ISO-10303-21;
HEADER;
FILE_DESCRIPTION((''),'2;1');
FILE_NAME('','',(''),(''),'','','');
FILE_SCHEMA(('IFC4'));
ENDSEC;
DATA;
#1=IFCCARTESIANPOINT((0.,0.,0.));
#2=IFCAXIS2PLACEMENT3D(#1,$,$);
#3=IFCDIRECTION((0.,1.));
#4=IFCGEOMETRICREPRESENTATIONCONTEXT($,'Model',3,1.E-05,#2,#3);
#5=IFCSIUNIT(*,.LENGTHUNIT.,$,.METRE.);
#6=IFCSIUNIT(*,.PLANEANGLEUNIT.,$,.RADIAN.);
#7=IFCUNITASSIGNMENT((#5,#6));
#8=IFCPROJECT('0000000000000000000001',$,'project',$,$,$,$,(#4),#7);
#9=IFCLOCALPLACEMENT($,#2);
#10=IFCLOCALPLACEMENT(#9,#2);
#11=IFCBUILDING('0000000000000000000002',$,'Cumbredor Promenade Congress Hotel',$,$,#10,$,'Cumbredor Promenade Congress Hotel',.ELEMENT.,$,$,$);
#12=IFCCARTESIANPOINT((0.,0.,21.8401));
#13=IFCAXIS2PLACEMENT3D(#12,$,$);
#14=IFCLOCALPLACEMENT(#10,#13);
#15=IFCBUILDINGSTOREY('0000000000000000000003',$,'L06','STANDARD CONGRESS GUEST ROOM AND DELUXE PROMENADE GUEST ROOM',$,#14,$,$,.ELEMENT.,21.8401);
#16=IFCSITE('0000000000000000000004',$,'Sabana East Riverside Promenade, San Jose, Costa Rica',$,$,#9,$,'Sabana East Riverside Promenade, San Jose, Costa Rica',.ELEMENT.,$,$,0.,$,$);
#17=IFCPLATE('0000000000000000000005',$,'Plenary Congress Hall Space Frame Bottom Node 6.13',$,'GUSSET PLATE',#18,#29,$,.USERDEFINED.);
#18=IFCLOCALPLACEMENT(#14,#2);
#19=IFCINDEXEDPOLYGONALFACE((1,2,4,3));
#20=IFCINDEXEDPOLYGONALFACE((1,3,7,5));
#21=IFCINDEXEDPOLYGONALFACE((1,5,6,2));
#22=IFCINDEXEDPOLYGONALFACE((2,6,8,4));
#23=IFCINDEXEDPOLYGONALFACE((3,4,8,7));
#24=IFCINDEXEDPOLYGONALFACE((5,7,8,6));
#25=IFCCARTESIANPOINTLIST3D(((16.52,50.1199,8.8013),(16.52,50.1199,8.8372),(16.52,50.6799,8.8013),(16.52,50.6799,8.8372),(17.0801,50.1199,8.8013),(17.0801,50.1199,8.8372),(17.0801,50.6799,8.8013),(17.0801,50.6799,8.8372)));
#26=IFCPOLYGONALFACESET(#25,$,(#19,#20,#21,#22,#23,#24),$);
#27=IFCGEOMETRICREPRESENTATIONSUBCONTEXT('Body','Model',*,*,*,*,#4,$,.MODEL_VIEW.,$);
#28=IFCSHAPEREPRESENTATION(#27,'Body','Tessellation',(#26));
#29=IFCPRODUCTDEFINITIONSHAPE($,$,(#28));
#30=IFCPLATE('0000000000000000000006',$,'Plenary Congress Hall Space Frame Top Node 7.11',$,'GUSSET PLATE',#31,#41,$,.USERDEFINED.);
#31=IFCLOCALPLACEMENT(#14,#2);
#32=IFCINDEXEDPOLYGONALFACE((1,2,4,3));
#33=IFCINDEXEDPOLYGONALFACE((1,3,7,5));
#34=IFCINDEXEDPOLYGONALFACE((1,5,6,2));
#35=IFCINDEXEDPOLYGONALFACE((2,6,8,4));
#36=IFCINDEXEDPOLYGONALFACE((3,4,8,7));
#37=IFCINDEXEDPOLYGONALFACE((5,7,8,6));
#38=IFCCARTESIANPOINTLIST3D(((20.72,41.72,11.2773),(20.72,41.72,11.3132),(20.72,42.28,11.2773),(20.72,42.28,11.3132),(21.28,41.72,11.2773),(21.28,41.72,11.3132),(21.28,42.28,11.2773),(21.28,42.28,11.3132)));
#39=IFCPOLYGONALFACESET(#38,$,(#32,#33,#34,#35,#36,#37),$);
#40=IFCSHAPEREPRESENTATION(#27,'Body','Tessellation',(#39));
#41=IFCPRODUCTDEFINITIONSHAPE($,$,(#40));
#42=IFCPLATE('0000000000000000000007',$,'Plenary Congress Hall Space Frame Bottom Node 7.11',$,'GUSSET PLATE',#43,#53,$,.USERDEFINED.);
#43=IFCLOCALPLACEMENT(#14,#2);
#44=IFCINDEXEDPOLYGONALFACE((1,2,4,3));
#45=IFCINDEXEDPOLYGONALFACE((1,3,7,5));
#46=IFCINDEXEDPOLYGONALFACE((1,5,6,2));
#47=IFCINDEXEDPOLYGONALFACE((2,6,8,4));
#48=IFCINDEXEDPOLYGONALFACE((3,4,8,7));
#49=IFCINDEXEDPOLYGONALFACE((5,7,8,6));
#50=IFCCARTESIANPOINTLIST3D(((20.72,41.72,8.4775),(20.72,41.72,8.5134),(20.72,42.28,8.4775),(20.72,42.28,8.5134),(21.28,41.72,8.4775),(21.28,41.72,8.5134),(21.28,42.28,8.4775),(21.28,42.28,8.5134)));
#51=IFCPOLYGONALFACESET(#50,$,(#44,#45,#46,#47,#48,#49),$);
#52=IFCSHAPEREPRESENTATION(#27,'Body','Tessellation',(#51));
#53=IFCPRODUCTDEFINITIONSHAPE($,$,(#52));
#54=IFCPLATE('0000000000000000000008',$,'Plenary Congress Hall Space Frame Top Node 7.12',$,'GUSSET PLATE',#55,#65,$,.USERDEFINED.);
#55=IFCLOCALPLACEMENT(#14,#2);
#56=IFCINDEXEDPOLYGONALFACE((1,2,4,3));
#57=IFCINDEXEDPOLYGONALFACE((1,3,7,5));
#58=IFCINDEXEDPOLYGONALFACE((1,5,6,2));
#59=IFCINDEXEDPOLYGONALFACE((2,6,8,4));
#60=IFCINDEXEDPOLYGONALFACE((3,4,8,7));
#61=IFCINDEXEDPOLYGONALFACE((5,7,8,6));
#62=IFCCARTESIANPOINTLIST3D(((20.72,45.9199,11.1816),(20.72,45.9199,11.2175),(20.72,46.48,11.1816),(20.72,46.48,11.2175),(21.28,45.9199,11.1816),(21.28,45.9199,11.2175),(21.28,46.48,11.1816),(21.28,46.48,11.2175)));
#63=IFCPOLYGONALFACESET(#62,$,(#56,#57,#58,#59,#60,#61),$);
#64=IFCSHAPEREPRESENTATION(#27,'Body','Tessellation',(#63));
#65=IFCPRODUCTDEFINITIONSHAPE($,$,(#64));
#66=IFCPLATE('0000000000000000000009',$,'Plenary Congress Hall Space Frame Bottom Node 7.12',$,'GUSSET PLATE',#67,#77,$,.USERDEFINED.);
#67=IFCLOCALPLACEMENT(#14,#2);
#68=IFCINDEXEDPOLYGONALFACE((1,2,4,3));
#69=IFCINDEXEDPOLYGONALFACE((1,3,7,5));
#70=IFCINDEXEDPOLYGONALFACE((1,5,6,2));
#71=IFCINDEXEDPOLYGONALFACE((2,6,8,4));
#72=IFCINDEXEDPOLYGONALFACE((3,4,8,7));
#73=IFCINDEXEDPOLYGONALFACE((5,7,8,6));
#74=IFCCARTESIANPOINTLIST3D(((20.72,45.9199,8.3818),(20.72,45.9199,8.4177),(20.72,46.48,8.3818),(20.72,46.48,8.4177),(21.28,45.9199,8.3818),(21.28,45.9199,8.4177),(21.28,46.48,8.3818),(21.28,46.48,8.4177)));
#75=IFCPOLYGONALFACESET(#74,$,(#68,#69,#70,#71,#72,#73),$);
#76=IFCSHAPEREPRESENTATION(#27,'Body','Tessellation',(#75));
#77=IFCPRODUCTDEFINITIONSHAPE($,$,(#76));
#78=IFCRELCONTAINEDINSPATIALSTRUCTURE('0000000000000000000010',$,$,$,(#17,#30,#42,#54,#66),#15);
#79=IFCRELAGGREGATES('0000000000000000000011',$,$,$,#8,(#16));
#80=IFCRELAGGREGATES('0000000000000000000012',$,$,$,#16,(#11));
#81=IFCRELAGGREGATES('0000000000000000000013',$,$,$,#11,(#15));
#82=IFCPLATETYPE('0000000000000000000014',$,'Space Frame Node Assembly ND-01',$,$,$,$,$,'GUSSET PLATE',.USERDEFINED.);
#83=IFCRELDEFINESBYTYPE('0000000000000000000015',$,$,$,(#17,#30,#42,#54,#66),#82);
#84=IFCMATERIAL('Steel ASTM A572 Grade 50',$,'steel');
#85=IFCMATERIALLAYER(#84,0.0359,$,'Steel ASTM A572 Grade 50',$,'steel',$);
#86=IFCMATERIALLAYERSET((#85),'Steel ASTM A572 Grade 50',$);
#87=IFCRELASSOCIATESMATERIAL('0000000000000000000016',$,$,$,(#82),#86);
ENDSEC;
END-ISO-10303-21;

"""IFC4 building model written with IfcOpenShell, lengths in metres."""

from ifc_helpers import new_model, si_unit, direction, frame, origin, origin_2d, place, context, subcontext, project, spatial, rectangle, extrude, material, layer, layer_set, type_object, element, save


model = new_model("IFC4")

# Units and contexts
model_context = context("Model", 3, precision=1e-05, world=origin(), true_north=direction((0.0, 1.0)))
body_context = subcontext(model_context, "Body", "Model", "MODEL_VIEW")
ifc_project = project(units=[si_unit("LENGTHUNIT", "METRE"), si_unit("PLANEANGLEUNIT", "RADIAN")], contexts=[model_context])

# Site, building, storey
site_placement = place(None, origin())
site = spatial("IfcSite", under=ifc_project, at=site_placement, Name="Sabana East Riverside Promenade, San Jose, Costa Rica", LongName="Sabana East Riverside Promenade, San Jose, Costa Rica", CompositionType="ELEMENT", RefElevation=0.0)
building_placement = place(site_placement, origin())
building = spatial("IfcBuilding", under=site, at=building_placement, Name="Cumbredor Promenade Congress Hotel", LongName="Cumbredor Promenade Congress Hotel", CompositionType="ELEMENT")
storey_placement = place(building_placement, frame((0.0, 0.0, 21.8401)))
storey = spatial("IfcBuildingStorey", under=building, at=storey_placement, Name="L06", Description="STANDARD CONGRESS GUEST ROOM AND DELUXE PROMENADE GUEST ROOM", CompositionType="ELEMENT", Elevation=21.8401)

# Plates
ifc_material_1 = material(Name="Steel ASTM A572 Grade 50", Category="steel")
ifc_layer = layer(ifc_material_1, 0.0359, Name="Steel ASTM A572 Grade 50", Category="steel")
ifc_layer_set = layer_set([ifc_layer], Name="Steel ASTM A572 Grade 50")
plate_type = type_object("IfcPlateType", Name="Space Frame Node Assembly ND-01", ElementType="GUSSET PLATE", PredefinedType="USERDEFINED", material=ifc_layer_set)
for number, where, z_axis, x_axis, name in (
    (1, (16.8, 50.3999, 8.8013), (0.0, 0.0, 1.0), (1.0, 0.0, 0.0), "Plenary Congress Hall Space Frame Bottom Node 6.13"),
    (2, (21.0, 42.0, 11.2773), (0.0, 0.0, 1.0), (1.0, 0.0, 0.0), "Plenary Congress Hall Space Frame Top Node 7.11"),
    (3, (21.0, 42.0, 8.4775), (0.0, 0.0, 1.0), (1.0, 0.0, 0.0), "Plenary Congress Hall Space Frame Bottom Node 7.11"),
    (4, (21.0, 46.2, 11.1816), (0.0, 0.0, 1.0), (1.0, 0.0, 0.0), "Plenary Congress Hall Space Frame Top Node 7.12"),
    (5, (21.0, 46.2, 8.3818), (0.0, 0.0, 1.0), (1.0, 0.0, 0.0), "Plenary Congress Hall Space Frame Bottom Node 7.12"),
):
    element("IfcPlate", number, at=place(storey_placement, frame(where, z_axis=z_axis, x_axis=x_axis)), inside=storey, type_object=plate_type, Name=name, ObjectType="GUSSET PLATE", PredefinedType="USERDEFINED", context=body_context, shape_type="SweptSolid", body=[
        extrude(rectangle(XDim=0.5601, YDim=0.5601, at=origin_2d()), origin(), (0.0, 0.0, 1.0), 0.0359),
    ])

save(model, "model.ifc")
